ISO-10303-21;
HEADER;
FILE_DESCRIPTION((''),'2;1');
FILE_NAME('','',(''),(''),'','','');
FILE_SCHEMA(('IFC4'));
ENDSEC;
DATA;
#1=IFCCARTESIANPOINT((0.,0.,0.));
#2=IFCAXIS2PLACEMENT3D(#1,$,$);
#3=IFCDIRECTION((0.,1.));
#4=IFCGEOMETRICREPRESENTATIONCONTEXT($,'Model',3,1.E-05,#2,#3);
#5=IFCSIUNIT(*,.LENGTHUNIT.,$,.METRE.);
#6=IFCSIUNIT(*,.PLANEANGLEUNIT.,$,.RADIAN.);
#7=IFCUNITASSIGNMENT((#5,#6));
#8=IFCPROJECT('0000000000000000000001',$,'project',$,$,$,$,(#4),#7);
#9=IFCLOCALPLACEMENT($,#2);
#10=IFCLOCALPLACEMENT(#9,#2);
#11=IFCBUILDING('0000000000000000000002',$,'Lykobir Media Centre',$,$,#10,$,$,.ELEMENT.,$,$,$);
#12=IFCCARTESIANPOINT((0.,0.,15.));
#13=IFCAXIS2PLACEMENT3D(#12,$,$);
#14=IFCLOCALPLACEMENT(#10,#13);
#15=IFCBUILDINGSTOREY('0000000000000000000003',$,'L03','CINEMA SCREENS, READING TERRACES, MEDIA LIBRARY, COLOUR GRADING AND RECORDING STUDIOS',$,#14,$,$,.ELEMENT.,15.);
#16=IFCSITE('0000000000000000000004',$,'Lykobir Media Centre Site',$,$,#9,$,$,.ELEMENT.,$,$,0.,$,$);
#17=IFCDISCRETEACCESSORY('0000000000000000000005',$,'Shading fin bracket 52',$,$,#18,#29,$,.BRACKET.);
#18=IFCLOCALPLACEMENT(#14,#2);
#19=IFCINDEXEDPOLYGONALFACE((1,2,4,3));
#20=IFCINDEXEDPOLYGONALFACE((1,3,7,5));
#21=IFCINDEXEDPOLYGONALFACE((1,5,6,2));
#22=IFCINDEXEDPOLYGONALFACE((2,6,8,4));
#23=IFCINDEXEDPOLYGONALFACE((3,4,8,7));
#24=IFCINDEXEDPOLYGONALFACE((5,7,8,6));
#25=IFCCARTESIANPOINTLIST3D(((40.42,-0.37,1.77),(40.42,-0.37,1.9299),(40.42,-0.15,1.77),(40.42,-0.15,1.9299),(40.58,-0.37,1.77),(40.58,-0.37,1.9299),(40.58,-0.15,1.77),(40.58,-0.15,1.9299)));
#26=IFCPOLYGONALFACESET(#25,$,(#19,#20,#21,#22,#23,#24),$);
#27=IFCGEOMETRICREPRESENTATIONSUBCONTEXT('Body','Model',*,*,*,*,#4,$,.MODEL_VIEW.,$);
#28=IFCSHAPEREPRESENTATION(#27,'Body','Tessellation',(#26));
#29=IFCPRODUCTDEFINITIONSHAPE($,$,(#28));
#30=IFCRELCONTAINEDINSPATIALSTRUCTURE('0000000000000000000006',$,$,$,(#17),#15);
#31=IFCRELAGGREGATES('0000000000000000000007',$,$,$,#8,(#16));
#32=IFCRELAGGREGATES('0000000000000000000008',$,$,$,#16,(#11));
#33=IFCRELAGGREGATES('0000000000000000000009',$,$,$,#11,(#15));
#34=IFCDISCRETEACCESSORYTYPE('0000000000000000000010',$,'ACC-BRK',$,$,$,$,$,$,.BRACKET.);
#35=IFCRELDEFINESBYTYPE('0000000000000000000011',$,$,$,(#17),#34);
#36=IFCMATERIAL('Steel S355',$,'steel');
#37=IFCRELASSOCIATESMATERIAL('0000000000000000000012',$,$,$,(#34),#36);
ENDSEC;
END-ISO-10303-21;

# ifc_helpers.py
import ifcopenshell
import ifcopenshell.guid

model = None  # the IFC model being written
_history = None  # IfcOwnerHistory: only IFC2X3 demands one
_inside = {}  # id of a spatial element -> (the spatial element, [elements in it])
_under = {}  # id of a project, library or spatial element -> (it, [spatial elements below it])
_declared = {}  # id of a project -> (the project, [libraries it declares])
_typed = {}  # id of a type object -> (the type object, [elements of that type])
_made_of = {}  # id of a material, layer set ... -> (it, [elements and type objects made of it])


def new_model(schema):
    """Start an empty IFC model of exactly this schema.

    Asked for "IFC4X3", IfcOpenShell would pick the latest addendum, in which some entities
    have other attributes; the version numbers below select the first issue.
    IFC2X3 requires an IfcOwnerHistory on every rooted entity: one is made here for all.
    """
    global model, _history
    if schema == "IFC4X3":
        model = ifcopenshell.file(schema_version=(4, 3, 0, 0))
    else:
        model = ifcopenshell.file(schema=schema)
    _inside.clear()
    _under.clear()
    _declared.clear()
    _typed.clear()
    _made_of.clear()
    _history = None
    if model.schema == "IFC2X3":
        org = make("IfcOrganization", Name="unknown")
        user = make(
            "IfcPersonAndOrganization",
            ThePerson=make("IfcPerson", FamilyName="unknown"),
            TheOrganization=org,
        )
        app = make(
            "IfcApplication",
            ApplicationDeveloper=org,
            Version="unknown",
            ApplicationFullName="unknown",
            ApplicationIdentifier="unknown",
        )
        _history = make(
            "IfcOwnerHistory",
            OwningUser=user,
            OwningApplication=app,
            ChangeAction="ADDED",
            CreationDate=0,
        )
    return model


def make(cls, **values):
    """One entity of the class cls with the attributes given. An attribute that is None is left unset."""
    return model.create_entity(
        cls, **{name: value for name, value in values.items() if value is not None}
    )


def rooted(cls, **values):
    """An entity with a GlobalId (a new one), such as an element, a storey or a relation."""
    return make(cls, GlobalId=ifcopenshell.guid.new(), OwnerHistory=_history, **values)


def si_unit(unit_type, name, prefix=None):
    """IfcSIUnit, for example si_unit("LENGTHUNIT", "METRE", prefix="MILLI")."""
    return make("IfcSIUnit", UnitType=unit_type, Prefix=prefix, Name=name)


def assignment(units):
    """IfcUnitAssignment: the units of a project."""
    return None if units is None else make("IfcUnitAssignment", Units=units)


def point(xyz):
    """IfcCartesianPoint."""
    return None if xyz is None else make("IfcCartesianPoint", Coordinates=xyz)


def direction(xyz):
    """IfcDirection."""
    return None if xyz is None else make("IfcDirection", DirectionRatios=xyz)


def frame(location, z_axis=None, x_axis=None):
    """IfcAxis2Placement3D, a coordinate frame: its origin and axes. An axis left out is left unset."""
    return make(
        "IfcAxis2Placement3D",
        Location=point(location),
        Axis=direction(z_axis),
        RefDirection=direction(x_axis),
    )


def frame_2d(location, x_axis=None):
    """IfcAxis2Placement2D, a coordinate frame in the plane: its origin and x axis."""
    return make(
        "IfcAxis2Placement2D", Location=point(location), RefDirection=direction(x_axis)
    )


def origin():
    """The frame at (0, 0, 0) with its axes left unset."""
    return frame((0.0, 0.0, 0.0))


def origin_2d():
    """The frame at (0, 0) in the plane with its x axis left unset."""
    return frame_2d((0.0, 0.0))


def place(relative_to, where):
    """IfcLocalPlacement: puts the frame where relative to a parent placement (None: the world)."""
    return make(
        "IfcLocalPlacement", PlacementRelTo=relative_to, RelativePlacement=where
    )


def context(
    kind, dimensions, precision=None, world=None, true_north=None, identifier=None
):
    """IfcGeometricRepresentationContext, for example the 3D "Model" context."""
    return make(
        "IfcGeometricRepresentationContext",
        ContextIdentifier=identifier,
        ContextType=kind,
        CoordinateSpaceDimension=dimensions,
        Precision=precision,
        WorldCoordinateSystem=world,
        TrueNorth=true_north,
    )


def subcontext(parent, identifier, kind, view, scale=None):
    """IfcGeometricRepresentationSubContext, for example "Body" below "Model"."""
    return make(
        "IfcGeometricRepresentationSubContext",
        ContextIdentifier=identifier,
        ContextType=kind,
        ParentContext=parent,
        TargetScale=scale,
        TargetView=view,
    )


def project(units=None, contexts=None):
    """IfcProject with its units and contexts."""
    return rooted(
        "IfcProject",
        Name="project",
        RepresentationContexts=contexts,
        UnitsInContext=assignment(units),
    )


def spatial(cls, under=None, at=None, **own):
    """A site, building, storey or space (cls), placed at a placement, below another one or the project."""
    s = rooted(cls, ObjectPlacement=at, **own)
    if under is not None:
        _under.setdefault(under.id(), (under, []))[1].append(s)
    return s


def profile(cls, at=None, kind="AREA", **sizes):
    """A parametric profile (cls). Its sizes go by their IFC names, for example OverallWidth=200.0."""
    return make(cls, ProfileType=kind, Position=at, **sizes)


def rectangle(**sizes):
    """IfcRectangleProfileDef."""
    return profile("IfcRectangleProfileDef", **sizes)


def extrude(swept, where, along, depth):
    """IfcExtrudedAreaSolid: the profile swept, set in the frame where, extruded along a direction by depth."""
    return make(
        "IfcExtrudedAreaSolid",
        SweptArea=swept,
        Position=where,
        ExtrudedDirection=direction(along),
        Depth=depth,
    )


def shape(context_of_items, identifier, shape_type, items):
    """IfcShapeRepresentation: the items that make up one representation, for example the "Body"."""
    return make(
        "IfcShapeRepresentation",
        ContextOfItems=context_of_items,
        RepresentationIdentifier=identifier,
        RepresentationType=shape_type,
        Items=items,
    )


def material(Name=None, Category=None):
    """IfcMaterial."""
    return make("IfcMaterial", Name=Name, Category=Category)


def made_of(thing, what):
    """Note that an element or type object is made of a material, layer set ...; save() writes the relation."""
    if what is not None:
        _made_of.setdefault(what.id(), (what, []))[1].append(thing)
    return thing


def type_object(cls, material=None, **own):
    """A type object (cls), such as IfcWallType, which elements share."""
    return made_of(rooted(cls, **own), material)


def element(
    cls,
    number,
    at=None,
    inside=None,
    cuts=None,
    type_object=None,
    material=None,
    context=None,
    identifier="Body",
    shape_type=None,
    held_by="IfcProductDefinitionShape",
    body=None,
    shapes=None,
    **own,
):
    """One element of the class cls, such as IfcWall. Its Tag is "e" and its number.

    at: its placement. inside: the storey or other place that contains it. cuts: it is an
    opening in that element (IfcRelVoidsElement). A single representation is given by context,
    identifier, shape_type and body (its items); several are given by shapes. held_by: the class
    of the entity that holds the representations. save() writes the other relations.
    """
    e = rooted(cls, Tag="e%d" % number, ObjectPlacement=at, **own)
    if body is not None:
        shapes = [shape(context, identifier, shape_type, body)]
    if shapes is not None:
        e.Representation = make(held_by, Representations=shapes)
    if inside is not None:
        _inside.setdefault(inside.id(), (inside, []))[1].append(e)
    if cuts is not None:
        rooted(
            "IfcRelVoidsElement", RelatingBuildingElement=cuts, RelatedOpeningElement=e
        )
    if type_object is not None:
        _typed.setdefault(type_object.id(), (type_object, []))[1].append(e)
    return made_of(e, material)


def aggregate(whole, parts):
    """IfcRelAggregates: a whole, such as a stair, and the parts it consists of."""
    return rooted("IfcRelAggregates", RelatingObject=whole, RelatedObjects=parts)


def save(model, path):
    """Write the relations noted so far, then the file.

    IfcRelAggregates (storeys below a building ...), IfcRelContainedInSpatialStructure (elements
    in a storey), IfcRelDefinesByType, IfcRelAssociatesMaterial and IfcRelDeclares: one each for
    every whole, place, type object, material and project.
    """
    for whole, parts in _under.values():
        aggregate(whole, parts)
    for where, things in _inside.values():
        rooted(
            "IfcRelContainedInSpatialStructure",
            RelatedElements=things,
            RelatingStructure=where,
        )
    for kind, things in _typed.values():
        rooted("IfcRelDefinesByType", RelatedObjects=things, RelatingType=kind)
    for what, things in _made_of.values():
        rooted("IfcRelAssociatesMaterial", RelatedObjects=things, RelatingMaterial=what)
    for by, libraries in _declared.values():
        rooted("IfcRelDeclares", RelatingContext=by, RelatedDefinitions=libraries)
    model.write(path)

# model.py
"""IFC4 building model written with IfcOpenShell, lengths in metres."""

from ifc_helpers import new_model, si_unit, direction, frame, origin, origin_2d, place, context, subcontext, project, spatial, rectangle, extrude, material, type_object, element, save


model = new_model("IFC4")

# Units and contexts
model_context = context("Model", 3, precision=1e-05, world=origin(), true_north=direction((0.0, 1.0)))
body_context = subcontext(model_context, "Body", "Model", "MODEL_VIEW")
ifc_project = project(units=[si_unit("LENGTHUNIT", "METRE"), si_unit("PLANEANGLEUNIT", "RADIAN")], contexts=[model_context])

# Site, building, storey
site_placement = place(None, origin())
site = spatial("IfcSite", under=ifc_project, at=site_placement, Name="Lykobir Media Centre Site", CompositionType="ELEMENT", RefElevation=0.0)
building_placement = place(site_placement, origin())
building = spatial("IfcBuilding", under=site, at=building_placement, Name="Lykobir Media Centre", CompositionType="ELEMENT")
storey_placement = place(building_placement, frame((0.0, 0.0, 15.0)))
storey = spatial("IfcBuildingStorey", under=building, at=storey_placement, Name="L03", Description="CINEMA SCREENS, READING TERRACES, MEDIA LIBRARY, COLOUR GRADING AND RECORDING STUDIOS", CompositionType="ELEMENT", Elevation=15.0)

# Shared definitions
ifc_material_1 = material(Name="Steel S355", Category="steel")

# Discrete accessory
discrete_accessory_type = type_object("IfcDiscreteAccessoryType", Name="ACC-BRK", PredefinedType="BRACKET", material=ifc_material_1)
for number, where, z_axis, x_axis, name in (
    (1, (40.5, -0.26, 1.77), (0.0, 0.0, 1.0), (1.0, 0.0, 0.0), "Shading fin bracket 52"),
):
    element("IfcDiscreteAccessory", number, at=place(storey_placement, frame(where, z_axis=z_axis, x_axis=x_axis)), inside=storey, type_object=discrete_accessory_type, Name=name, PredefinedType="BRACKET", context=body_context, shape_type="SweptSolid", body=[
        extrude(rectangle(XDim=0.1599, YDim=0.22, at=origin_2d()), origin(), (0.0, 0.0, 1.0), 0.1599),
    ])

save(model, "model.ifc")
